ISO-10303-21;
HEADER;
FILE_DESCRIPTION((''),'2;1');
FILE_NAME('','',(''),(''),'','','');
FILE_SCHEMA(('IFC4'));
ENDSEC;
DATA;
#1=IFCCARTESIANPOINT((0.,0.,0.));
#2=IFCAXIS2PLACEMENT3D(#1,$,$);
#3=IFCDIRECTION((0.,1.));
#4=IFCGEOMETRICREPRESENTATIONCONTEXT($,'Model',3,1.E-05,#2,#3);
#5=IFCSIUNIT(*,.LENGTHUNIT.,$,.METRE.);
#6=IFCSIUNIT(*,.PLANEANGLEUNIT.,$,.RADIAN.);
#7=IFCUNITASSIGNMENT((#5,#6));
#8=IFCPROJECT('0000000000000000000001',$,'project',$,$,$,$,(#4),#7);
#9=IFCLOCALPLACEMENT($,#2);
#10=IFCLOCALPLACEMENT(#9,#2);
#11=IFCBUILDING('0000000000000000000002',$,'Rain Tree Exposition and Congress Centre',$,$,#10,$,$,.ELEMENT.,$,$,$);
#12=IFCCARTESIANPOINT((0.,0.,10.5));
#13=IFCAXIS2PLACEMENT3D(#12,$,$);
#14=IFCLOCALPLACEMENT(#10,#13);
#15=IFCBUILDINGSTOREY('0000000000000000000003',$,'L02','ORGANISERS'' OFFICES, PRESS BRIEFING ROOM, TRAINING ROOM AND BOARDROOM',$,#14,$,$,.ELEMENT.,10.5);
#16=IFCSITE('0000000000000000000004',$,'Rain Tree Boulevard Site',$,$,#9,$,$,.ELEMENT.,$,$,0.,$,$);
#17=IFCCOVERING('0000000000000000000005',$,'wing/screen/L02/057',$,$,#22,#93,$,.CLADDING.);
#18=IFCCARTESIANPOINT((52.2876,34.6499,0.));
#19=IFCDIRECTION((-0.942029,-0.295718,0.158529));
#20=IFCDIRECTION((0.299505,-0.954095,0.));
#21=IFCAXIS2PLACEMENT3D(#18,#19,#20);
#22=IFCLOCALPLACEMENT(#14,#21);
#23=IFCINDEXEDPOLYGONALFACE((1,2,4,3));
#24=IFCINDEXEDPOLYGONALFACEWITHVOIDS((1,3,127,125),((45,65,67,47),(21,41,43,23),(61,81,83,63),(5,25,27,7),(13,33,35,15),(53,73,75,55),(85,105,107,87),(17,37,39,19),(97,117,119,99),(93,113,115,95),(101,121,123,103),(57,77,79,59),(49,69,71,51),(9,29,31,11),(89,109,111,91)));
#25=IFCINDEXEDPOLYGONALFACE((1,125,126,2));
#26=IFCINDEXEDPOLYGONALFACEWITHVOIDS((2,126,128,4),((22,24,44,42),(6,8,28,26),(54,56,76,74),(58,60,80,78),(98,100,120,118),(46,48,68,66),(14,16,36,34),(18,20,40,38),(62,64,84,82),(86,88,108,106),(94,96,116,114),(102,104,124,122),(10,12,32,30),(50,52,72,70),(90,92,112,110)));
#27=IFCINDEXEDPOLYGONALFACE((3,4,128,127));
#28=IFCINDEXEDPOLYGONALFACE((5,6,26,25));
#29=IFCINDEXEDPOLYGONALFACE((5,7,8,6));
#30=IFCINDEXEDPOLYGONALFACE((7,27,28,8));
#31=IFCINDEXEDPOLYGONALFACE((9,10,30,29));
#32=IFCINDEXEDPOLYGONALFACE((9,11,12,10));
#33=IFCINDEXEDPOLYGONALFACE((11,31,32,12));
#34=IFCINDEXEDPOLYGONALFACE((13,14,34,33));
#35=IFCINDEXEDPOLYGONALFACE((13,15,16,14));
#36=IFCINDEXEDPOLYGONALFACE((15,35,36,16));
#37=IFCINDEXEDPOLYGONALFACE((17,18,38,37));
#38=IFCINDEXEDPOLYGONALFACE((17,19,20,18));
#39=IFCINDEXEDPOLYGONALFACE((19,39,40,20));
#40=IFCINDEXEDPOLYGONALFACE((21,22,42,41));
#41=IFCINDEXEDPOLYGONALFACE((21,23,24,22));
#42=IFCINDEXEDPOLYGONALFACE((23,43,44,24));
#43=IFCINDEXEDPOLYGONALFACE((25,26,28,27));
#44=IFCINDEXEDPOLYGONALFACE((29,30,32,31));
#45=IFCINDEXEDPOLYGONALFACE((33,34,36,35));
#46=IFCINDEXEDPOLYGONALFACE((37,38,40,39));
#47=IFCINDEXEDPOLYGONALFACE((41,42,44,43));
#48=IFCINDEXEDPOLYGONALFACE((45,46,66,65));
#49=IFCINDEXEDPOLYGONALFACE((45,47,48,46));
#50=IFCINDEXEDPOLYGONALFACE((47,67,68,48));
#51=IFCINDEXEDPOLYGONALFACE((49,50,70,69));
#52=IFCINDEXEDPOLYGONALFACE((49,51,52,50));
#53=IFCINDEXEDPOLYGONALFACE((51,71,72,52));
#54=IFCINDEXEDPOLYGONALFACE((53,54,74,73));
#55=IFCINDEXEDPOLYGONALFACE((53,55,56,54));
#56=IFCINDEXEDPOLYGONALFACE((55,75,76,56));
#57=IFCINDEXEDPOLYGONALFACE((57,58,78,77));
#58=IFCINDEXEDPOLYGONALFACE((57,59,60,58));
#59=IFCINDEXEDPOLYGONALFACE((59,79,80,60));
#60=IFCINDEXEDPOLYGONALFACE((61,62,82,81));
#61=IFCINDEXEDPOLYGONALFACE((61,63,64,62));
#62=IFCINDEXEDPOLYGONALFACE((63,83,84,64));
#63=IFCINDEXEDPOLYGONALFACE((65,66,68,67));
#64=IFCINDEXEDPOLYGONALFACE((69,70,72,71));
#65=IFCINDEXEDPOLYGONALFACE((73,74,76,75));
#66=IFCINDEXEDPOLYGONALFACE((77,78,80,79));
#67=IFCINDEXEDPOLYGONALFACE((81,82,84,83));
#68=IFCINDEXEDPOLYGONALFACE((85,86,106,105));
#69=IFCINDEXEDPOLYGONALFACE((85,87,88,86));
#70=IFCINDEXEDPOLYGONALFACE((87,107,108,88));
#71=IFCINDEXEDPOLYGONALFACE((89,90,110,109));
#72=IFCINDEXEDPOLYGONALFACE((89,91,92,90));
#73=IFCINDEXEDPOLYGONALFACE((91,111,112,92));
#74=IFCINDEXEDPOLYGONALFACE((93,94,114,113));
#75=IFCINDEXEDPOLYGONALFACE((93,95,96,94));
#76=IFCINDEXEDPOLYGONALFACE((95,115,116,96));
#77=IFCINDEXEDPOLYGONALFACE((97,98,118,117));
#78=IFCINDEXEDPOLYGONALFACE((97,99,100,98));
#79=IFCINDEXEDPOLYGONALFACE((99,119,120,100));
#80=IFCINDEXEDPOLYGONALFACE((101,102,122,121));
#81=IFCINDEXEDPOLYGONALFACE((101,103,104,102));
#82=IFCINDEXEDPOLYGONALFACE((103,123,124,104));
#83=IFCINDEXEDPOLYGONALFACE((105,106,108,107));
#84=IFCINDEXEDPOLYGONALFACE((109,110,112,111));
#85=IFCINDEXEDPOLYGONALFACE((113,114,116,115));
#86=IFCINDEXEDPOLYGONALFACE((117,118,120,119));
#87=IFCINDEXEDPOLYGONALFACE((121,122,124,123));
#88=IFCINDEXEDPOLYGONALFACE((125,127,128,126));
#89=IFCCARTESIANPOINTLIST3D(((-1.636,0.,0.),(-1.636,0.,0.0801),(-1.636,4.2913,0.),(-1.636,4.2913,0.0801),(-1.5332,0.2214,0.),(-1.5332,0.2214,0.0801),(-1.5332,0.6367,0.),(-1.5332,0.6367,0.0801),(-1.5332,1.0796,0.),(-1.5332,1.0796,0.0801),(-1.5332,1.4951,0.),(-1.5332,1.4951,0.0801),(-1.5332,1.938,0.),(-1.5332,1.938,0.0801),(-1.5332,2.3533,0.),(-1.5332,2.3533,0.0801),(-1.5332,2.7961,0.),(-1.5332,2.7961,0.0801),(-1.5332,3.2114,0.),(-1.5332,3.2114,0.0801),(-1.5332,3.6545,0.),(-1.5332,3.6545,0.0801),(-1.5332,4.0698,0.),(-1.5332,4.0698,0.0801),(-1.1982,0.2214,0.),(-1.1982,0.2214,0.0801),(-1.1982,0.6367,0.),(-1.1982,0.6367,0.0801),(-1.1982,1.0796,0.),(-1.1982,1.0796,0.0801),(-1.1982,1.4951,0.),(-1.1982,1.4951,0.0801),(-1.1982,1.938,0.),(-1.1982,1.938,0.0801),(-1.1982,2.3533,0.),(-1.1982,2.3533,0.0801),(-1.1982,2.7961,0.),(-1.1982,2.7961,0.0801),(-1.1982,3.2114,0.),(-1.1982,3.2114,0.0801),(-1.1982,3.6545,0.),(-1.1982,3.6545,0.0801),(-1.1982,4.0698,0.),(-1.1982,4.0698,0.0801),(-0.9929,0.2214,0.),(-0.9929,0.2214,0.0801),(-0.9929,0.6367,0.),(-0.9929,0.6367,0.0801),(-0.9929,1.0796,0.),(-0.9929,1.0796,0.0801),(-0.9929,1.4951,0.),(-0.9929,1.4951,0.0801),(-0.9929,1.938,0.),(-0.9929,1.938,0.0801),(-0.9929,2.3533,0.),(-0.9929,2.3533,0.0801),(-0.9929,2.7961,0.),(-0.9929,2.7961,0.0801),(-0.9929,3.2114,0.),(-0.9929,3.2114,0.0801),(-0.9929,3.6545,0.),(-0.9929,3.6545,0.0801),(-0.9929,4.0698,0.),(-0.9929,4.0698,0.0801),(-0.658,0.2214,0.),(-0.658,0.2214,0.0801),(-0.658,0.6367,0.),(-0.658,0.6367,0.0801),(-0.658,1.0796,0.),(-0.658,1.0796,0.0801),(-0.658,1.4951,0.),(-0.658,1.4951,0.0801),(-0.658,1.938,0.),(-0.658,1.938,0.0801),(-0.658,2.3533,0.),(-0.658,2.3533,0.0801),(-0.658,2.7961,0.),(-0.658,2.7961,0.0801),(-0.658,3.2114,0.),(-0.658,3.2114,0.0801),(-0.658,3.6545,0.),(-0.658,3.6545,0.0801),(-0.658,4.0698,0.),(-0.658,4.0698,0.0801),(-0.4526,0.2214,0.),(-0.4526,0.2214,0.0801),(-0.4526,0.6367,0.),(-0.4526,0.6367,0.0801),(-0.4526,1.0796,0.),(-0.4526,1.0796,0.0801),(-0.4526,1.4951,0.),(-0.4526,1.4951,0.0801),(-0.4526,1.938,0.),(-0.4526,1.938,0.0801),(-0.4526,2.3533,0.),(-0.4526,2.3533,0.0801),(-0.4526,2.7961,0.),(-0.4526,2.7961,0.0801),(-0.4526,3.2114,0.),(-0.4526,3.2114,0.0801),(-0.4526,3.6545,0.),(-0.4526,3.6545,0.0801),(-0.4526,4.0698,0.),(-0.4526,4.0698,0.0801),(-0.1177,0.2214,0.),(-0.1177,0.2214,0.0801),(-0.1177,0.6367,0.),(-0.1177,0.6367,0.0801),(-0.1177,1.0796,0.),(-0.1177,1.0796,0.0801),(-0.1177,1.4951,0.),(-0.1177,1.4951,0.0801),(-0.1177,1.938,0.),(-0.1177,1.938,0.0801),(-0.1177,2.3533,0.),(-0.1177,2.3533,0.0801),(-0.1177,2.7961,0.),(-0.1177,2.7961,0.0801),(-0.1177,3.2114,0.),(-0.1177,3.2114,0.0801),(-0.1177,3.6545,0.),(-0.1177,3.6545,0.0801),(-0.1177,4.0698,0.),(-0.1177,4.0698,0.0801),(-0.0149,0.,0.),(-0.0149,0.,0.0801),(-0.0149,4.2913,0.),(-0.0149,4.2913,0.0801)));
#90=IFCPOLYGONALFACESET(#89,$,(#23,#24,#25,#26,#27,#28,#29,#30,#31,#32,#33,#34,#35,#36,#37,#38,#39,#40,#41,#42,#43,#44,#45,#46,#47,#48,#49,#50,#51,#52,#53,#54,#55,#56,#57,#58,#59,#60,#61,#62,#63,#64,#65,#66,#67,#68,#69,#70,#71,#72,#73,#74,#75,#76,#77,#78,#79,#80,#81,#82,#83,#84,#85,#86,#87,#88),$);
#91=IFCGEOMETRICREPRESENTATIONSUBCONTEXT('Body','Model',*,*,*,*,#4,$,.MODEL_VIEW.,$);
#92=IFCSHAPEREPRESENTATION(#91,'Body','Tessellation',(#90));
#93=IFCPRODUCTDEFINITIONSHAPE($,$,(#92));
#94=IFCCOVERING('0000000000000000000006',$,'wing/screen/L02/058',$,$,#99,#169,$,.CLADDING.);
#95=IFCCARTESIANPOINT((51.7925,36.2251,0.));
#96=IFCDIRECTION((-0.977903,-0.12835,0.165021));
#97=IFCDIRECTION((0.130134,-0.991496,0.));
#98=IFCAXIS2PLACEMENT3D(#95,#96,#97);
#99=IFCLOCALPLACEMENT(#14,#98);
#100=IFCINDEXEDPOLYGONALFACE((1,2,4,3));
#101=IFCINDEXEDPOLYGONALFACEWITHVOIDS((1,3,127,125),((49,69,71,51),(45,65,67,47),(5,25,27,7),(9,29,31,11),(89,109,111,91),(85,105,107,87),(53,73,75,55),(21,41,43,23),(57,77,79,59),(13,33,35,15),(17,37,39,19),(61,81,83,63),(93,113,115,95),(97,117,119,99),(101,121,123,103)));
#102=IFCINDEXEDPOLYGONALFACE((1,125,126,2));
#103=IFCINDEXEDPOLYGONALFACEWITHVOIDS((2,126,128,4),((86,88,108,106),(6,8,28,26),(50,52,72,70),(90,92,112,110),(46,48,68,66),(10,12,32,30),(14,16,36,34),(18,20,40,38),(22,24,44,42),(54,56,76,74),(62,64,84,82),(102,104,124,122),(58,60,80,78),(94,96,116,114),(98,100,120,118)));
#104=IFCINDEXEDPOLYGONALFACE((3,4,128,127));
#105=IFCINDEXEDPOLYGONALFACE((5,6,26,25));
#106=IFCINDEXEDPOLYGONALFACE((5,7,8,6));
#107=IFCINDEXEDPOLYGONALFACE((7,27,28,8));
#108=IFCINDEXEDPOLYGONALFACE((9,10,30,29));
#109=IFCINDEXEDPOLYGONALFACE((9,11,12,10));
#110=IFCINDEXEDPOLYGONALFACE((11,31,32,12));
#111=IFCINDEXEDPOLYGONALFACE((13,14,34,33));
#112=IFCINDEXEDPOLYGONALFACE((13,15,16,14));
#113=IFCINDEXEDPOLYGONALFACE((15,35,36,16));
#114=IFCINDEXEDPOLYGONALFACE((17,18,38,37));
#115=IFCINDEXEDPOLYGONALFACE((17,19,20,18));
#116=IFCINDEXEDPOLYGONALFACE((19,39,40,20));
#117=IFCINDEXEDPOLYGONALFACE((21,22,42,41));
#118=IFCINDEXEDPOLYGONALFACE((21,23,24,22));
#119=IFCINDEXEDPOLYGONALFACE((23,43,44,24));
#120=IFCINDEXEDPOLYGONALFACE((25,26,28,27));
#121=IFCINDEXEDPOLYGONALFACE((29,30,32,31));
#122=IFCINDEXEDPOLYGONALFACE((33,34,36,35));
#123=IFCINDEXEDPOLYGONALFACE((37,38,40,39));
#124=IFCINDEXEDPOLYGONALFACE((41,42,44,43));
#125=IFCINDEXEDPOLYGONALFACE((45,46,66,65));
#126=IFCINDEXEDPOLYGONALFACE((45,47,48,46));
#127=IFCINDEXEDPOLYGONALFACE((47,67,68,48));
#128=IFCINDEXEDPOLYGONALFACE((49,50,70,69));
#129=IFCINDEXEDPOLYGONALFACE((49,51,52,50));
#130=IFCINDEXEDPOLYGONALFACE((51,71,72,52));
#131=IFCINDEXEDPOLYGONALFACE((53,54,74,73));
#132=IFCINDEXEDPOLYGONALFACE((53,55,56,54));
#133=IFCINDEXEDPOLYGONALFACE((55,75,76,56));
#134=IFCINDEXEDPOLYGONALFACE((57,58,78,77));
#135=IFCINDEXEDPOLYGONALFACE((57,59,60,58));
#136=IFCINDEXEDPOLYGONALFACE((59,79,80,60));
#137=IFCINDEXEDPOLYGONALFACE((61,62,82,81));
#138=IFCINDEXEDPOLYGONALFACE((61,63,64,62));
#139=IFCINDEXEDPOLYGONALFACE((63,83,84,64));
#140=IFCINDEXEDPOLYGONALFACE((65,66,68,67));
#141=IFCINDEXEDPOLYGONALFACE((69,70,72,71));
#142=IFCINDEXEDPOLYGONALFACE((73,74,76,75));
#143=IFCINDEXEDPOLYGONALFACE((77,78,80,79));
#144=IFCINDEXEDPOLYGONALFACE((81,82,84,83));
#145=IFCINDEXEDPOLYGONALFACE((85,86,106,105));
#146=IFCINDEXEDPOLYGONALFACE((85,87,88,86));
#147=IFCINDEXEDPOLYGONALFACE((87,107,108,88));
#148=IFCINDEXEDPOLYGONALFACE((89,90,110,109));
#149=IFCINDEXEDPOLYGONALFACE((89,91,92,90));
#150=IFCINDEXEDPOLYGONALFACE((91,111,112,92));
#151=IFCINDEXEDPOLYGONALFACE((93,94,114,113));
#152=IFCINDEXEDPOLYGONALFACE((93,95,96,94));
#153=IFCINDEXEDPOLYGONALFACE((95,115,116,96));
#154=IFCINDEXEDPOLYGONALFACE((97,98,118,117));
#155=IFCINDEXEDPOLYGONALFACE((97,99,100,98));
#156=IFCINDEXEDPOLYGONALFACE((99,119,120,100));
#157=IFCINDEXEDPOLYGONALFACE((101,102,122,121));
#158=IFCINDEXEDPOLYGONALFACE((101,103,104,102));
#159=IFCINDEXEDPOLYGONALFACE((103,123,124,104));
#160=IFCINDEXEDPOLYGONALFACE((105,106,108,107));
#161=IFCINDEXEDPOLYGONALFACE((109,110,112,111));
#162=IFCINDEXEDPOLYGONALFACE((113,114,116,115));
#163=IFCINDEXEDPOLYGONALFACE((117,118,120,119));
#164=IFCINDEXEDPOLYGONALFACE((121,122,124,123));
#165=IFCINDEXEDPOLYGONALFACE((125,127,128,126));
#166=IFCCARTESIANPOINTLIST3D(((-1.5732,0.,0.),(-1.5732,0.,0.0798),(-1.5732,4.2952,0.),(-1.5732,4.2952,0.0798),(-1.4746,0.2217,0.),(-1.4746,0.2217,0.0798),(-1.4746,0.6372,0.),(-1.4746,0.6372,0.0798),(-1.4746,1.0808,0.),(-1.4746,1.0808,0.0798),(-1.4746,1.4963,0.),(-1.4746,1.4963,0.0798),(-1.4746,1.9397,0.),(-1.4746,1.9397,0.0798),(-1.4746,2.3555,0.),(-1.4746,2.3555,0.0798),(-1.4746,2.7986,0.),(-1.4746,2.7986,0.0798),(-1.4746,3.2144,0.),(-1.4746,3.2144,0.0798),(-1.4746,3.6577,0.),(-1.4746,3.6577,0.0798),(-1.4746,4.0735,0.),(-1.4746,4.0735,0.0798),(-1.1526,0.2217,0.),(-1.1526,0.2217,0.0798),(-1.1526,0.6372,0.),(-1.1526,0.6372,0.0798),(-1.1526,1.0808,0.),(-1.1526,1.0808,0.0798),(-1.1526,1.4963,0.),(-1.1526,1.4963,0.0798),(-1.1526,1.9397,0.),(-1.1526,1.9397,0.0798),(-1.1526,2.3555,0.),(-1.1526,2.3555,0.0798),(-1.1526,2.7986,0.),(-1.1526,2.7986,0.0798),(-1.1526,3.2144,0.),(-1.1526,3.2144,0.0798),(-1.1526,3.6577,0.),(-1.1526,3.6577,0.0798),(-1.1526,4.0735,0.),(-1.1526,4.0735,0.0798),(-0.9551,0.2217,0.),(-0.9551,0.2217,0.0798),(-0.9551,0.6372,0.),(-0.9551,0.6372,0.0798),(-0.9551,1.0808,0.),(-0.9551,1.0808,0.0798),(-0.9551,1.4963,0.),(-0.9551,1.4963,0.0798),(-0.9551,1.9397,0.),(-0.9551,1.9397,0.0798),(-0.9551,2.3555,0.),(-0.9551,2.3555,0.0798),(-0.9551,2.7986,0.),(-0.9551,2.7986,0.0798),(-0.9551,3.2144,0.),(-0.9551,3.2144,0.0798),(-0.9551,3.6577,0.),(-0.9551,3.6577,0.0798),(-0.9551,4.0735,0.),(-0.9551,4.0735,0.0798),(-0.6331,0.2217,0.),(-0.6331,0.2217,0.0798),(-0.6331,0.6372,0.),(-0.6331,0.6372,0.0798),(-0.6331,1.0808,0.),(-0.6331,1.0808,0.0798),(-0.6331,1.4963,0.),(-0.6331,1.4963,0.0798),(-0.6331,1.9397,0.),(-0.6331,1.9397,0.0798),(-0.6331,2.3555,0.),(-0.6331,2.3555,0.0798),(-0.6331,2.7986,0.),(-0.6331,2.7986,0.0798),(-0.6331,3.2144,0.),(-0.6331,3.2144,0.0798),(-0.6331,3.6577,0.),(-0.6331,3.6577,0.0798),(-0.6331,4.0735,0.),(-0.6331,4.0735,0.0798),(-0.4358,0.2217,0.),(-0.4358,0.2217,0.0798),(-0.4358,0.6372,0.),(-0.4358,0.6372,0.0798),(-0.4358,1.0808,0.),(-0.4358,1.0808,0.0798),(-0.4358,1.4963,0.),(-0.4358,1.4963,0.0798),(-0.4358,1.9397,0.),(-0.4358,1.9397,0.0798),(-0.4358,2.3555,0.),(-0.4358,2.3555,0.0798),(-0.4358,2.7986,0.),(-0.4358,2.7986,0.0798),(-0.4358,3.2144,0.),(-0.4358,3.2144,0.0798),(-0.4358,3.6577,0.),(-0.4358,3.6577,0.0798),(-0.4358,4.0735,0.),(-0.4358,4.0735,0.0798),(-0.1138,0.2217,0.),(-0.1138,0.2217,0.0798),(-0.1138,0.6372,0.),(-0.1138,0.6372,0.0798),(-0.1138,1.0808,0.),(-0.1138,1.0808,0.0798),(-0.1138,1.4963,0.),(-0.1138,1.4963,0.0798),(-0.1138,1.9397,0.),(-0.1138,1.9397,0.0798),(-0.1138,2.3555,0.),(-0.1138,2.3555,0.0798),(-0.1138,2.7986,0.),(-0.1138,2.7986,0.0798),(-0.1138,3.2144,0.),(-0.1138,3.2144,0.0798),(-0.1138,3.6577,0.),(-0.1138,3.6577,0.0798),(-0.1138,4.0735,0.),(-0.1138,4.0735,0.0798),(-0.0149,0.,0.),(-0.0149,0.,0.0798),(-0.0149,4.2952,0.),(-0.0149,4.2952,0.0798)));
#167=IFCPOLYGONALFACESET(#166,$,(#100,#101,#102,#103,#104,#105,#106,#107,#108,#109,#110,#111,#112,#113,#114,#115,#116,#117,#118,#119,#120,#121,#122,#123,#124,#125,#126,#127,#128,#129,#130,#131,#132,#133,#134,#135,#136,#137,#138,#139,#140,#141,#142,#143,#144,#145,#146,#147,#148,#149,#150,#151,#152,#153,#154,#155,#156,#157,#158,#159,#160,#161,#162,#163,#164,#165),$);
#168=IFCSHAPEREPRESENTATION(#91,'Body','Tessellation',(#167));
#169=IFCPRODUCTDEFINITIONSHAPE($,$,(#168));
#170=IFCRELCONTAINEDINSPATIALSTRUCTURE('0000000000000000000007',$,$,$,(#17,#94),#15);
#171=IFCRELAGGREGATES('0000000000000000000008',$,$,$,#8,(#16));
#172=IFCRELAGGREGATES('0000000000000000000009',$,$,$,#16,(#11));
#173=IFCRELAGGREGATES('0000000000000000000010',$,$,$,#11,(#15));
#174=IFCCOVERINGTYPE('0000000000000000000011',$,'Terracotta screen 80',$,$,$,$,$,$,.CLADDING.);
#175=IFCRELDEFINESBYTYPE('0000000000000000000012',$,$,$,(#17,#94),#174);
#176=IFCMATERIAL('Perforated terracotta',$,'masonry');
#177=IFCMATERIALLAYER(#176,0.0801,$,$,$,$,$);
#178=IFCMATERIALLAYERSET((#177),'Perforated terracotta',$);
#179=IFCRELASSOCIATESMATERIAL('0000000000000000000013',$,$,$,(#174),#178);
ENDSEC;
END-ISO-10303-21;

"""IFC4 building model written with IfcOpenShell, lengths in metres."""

from ifc_helpers import new_model, si_unit, direction, frame, origin, place, context, subcontext, project, spatial, polyline, outline, extrude, material, layer, layer_set, type_object, element, save


model = new_model("IFC4")

# Units and contexts
model_context = context("Model", 3, precision=1e-05, world=origin(), true_north=direction((0.0, 1.0)))
body_context = subcontext(model_context, "Body", "Model", "MODEL_VIEW")
ifc_project = project(units=[si_unit("LENGTHUNIT", "METRE"), si_unit("PLANEANGLEUNIT", "RADIAN")], contexts=[model_context])

# Site, building, storey
site_placement = place(None, origin())
site = spatial("IfcSite", under=ifc_project, at=site_placement, Name="Rain Tree Boulevard Site", CompositionType="ELEMENT", RefElevation=0.0)
building_placement = place(site_placement, origin())
building = spatial("IfcBuilding", under=site, at=building_placement, Name="Rain Tree Exposition and Congress Centre", CompositionType="ELEMENT")
storey_placement = place(building_placement, frame((0.0, 0.0, 10.5)))
storey = spatial("IfcBuildingStorey", under=building, at=storey_placement, Name="L02", Description="ORGANISERS' OFFICES, PRESS BRIEFING ROOM, TRAINING ROOM AND BOARDROOM", CompositionType="ELEMENT", Elevation=10.5)

# Coverings
ifc_material_1 = material(Name="Perforated terracotta", Category="masonry")
ifc_layer_1 = layer(ifc_material_1, 0.0801)
ifc_layer_set_1 = layer_set([ifc_layer_1], Name="Perforated terracotta")
covering_type = type_object("IfcCoveringType", Name="Terracotta screen 80", PredefinedType="CLADDING", material=ifc_layer_set_1)
covering_1_placement = place(storey_placement, frame((52.2876, 34.6499, 0.0), z_axis=(-0.942029, -0.295718, 0.158529), x_axis=(0.299505, -0.954095, 0.0)))
element("IfcCovering", 1, at=covering_1_placement, inside=storey, type_object=covering_type, Name="wing/screen/L02/057", PredefinedType="CLADDING", context=body_context, shape_type="SweptSolid", body=[
    extrude(outline(polyline([(-1.636, 0.0), (-1.636, 4.2913), (-0.0149, 4.2913), (-0.0149, 0.0), (-1.636, 0.0)]), holes=[polyline([(-0.1177, 0.2214), (-0.1177, 0.6367), (-0.4526, 0.6367), (-0.4526, 0.2214), (-0.1177, 0.2214)]), polyline([(-0.1177, 1.0796), (-0.1177, 1.4951), (-0.4526, 1.4951), (-0.4526, 1.0796), (-0.1177, 1.0796)]), polyline([(-0.1177, 1.938), (-0.1177, 2.3533), (-0.4526, 2.3533), (-0.4526, 1.938), (-0.1177, 1.938)]), polyline([(-0.1177, 2.7961), (-0.1177, 3.2114), (-0.4526, 3.2114), (-0.4526, 2.7961), (-0.1177, 2.7961)]), polyline([(-0.1177, 3.6545), (-0.1177, 4.0698), (-0.4526, 4.0698), (-0.4526, 3.6545), (-0.1177, 3.6545)]), polyline([(-0.658, 0.2214), (-0.658, 0.6367), (-0.9929, 0.6367), (-0.9929, 0.2214), (-0.658, 0.2214)]), polyline([(-0.658, 1.0796), (-0.658, 1.4951), (-0.9929, 1.4951), (-0.9929, 1.0796), (-0.658, 1.0796)]), polyline([(-0.658, 1.938), (-0.658, 2.3533), (-0.9929, 2.3533), (-0.9929, 1.938), (-0.658, 1.938)]), polyline([(-0.658, 2.7961), (-0.658, 3.2114), (-0.9929, 3.2114), (-0.9929, 2.7961), (-0.658, 2.7961)]), polyline([(-0.658, 3.6545), (-0.658, 4.0698), (-0.9929, 4.0698), (-0.9929, 3.6545), (-0.658, 3.6545)]), polyline([(-1.1982, 0.2214), (-1.1982, 0.6367), (-1.5332, 0.6367), (-1.5332, 0.2214), (-1.1982, 0.2214)]), polyline([(-1.1982, 1.0796), (-1.1982, 1.4951), (-1.5332, 1.4951), (-1.5332, 1.0796), (-1.1982, 1.0796)]), polyline([(-1.1982, 1.938), (-1.1982, 2.3533), (-1.5332, 2.3533), (-1.5332, 1.938), (-1.1982, 1.938)]), polyline([(-1.1982, 2.7961), (-1.1982, 3.2114), (-1.5332, 3.2114), (-1.5332, 2.7961), (-1.1982, 2.7961)]), polyline([(-1.1982, 3.6545), (-1.1982, 4.0698), (-1.5332, 4.0698), (-1.5332, 3.6545), (-1.1982, 3.6545)])]), origin(), (0.0, 0.0, 1.0), 0.0801),
])
covering_2_placement = place(storey_placement, frame((51.7925, 36.2251, 0.0), z_axis=(-0.977903, -0.12835, 0.165021), x_axis=(0.130134, -0.991496, 0.0)))
element("IfcCovering", 2, at=covering_2_placement, inside=storey, type_object=covering_type, Name="wing/screen/L02/058", PredefinedType="CLADDING", context=body_context, shape_type="SweptSolid", body=[
    extrude(outline(polyline([(-1.5732, 0.0), (-1.5732, 4.2952), (-0.0149, 4.2952), (-0.0149, 0.0), (-1.5732, 0.0)]), holes=[polyline([(-0.1138, 0.2217), (-0.1138, 0.6372), (-0.4358, 0.6372), (-0.4358, 0.2217), (-0.1138, 0.2217)]), polyline([(-0.1138, 1.0808), (-0.1138, 1.4963), (-0.4358, 1.4963), (-0.4358, 1.0808), (-0.1138, 1.0808)]), polyline([(-0.1138, 1.9397), (-0.1138, 2.3555), (-0.4358, 2.3555), (-0.4358, 1.9397), (-0.1138, 1.9397)]), polyline([(-0.1138, 2.7986), (-0.1138, 3.2144), (-0.4358, 3.2144), (-0.4358, 2.7986), (-0.1138, 2.7986)]), polyline([(-0.1138, 3.6577), (-0.1138, 4.0735), (-0.4358, 4.0735), (-0.4358, 3.6577), (-0.1138, 3.6577)]), polyline([(-0.6331, 0.2217), (-0.6331, 0.6372), (-0.9551, 0.6372), (-0.9551, 0.2217), (-0.6331, 0.2217)]), polyline([(-0.6331, 1.0808), (-0.6331, 1.4963), (-0.9551, 1.4963), (-0.9551, 1.0808), (-0.6331, 1.0808)]), polyline([(-0.6331, 1.9397), (-0.6331, 2.3555), (-0.9551, 2.3555), (-0.9551, 1.9397), (-0.6331, 1.9397)]), polyline([(-0.6331, 2.7986), (-0.6331, 3.2144), (-0.9551, 3.2144), (-0.9551, 2.7986), (-0.6331, 2.7986)]), polyline([(-0.6331, 3.6577), (-0.6331, 4.0735), (-0.9551, 4.0735), (-0.9551, 3.6577), (-0.6331, 3.6577)]), polyline([(-1.1526, 0.2217), (-1.1526, 0.6372), (-1.4746, 0.6372), (-1.4746, 0.2217), (-1.1526, 0.2217)]), polyline([(-1.1526, 1.0808), (-1.1526, 1.4963), (-1.4746, 1.4963), (-1.4746, 1.0808), (-1.1526, 1.0808)]), polyline([(-1.1526, 1.9397), (-1.1526, 2.3555), (-1.4746, 2.3555), (-1.4746, 1.9397), (-1.1526, 1.9397)]), polyline([(-1.1526, 2.7986), (-1.1526, 3.2144), (-1.4746, 3.2144), (-1.4746, 2.7986), (-1.1526, 2.7986)]), polyline([(-1.1526, 3.6577), (-1.1526, 4.0735), (-1.4746, 4.0735), (-1.4746, 3.6577), (-1.1526, 3.6577)])]), origin(), (0.0, 0.0, 1.0), 0.0798),
])

save(model, "model.ifc")
